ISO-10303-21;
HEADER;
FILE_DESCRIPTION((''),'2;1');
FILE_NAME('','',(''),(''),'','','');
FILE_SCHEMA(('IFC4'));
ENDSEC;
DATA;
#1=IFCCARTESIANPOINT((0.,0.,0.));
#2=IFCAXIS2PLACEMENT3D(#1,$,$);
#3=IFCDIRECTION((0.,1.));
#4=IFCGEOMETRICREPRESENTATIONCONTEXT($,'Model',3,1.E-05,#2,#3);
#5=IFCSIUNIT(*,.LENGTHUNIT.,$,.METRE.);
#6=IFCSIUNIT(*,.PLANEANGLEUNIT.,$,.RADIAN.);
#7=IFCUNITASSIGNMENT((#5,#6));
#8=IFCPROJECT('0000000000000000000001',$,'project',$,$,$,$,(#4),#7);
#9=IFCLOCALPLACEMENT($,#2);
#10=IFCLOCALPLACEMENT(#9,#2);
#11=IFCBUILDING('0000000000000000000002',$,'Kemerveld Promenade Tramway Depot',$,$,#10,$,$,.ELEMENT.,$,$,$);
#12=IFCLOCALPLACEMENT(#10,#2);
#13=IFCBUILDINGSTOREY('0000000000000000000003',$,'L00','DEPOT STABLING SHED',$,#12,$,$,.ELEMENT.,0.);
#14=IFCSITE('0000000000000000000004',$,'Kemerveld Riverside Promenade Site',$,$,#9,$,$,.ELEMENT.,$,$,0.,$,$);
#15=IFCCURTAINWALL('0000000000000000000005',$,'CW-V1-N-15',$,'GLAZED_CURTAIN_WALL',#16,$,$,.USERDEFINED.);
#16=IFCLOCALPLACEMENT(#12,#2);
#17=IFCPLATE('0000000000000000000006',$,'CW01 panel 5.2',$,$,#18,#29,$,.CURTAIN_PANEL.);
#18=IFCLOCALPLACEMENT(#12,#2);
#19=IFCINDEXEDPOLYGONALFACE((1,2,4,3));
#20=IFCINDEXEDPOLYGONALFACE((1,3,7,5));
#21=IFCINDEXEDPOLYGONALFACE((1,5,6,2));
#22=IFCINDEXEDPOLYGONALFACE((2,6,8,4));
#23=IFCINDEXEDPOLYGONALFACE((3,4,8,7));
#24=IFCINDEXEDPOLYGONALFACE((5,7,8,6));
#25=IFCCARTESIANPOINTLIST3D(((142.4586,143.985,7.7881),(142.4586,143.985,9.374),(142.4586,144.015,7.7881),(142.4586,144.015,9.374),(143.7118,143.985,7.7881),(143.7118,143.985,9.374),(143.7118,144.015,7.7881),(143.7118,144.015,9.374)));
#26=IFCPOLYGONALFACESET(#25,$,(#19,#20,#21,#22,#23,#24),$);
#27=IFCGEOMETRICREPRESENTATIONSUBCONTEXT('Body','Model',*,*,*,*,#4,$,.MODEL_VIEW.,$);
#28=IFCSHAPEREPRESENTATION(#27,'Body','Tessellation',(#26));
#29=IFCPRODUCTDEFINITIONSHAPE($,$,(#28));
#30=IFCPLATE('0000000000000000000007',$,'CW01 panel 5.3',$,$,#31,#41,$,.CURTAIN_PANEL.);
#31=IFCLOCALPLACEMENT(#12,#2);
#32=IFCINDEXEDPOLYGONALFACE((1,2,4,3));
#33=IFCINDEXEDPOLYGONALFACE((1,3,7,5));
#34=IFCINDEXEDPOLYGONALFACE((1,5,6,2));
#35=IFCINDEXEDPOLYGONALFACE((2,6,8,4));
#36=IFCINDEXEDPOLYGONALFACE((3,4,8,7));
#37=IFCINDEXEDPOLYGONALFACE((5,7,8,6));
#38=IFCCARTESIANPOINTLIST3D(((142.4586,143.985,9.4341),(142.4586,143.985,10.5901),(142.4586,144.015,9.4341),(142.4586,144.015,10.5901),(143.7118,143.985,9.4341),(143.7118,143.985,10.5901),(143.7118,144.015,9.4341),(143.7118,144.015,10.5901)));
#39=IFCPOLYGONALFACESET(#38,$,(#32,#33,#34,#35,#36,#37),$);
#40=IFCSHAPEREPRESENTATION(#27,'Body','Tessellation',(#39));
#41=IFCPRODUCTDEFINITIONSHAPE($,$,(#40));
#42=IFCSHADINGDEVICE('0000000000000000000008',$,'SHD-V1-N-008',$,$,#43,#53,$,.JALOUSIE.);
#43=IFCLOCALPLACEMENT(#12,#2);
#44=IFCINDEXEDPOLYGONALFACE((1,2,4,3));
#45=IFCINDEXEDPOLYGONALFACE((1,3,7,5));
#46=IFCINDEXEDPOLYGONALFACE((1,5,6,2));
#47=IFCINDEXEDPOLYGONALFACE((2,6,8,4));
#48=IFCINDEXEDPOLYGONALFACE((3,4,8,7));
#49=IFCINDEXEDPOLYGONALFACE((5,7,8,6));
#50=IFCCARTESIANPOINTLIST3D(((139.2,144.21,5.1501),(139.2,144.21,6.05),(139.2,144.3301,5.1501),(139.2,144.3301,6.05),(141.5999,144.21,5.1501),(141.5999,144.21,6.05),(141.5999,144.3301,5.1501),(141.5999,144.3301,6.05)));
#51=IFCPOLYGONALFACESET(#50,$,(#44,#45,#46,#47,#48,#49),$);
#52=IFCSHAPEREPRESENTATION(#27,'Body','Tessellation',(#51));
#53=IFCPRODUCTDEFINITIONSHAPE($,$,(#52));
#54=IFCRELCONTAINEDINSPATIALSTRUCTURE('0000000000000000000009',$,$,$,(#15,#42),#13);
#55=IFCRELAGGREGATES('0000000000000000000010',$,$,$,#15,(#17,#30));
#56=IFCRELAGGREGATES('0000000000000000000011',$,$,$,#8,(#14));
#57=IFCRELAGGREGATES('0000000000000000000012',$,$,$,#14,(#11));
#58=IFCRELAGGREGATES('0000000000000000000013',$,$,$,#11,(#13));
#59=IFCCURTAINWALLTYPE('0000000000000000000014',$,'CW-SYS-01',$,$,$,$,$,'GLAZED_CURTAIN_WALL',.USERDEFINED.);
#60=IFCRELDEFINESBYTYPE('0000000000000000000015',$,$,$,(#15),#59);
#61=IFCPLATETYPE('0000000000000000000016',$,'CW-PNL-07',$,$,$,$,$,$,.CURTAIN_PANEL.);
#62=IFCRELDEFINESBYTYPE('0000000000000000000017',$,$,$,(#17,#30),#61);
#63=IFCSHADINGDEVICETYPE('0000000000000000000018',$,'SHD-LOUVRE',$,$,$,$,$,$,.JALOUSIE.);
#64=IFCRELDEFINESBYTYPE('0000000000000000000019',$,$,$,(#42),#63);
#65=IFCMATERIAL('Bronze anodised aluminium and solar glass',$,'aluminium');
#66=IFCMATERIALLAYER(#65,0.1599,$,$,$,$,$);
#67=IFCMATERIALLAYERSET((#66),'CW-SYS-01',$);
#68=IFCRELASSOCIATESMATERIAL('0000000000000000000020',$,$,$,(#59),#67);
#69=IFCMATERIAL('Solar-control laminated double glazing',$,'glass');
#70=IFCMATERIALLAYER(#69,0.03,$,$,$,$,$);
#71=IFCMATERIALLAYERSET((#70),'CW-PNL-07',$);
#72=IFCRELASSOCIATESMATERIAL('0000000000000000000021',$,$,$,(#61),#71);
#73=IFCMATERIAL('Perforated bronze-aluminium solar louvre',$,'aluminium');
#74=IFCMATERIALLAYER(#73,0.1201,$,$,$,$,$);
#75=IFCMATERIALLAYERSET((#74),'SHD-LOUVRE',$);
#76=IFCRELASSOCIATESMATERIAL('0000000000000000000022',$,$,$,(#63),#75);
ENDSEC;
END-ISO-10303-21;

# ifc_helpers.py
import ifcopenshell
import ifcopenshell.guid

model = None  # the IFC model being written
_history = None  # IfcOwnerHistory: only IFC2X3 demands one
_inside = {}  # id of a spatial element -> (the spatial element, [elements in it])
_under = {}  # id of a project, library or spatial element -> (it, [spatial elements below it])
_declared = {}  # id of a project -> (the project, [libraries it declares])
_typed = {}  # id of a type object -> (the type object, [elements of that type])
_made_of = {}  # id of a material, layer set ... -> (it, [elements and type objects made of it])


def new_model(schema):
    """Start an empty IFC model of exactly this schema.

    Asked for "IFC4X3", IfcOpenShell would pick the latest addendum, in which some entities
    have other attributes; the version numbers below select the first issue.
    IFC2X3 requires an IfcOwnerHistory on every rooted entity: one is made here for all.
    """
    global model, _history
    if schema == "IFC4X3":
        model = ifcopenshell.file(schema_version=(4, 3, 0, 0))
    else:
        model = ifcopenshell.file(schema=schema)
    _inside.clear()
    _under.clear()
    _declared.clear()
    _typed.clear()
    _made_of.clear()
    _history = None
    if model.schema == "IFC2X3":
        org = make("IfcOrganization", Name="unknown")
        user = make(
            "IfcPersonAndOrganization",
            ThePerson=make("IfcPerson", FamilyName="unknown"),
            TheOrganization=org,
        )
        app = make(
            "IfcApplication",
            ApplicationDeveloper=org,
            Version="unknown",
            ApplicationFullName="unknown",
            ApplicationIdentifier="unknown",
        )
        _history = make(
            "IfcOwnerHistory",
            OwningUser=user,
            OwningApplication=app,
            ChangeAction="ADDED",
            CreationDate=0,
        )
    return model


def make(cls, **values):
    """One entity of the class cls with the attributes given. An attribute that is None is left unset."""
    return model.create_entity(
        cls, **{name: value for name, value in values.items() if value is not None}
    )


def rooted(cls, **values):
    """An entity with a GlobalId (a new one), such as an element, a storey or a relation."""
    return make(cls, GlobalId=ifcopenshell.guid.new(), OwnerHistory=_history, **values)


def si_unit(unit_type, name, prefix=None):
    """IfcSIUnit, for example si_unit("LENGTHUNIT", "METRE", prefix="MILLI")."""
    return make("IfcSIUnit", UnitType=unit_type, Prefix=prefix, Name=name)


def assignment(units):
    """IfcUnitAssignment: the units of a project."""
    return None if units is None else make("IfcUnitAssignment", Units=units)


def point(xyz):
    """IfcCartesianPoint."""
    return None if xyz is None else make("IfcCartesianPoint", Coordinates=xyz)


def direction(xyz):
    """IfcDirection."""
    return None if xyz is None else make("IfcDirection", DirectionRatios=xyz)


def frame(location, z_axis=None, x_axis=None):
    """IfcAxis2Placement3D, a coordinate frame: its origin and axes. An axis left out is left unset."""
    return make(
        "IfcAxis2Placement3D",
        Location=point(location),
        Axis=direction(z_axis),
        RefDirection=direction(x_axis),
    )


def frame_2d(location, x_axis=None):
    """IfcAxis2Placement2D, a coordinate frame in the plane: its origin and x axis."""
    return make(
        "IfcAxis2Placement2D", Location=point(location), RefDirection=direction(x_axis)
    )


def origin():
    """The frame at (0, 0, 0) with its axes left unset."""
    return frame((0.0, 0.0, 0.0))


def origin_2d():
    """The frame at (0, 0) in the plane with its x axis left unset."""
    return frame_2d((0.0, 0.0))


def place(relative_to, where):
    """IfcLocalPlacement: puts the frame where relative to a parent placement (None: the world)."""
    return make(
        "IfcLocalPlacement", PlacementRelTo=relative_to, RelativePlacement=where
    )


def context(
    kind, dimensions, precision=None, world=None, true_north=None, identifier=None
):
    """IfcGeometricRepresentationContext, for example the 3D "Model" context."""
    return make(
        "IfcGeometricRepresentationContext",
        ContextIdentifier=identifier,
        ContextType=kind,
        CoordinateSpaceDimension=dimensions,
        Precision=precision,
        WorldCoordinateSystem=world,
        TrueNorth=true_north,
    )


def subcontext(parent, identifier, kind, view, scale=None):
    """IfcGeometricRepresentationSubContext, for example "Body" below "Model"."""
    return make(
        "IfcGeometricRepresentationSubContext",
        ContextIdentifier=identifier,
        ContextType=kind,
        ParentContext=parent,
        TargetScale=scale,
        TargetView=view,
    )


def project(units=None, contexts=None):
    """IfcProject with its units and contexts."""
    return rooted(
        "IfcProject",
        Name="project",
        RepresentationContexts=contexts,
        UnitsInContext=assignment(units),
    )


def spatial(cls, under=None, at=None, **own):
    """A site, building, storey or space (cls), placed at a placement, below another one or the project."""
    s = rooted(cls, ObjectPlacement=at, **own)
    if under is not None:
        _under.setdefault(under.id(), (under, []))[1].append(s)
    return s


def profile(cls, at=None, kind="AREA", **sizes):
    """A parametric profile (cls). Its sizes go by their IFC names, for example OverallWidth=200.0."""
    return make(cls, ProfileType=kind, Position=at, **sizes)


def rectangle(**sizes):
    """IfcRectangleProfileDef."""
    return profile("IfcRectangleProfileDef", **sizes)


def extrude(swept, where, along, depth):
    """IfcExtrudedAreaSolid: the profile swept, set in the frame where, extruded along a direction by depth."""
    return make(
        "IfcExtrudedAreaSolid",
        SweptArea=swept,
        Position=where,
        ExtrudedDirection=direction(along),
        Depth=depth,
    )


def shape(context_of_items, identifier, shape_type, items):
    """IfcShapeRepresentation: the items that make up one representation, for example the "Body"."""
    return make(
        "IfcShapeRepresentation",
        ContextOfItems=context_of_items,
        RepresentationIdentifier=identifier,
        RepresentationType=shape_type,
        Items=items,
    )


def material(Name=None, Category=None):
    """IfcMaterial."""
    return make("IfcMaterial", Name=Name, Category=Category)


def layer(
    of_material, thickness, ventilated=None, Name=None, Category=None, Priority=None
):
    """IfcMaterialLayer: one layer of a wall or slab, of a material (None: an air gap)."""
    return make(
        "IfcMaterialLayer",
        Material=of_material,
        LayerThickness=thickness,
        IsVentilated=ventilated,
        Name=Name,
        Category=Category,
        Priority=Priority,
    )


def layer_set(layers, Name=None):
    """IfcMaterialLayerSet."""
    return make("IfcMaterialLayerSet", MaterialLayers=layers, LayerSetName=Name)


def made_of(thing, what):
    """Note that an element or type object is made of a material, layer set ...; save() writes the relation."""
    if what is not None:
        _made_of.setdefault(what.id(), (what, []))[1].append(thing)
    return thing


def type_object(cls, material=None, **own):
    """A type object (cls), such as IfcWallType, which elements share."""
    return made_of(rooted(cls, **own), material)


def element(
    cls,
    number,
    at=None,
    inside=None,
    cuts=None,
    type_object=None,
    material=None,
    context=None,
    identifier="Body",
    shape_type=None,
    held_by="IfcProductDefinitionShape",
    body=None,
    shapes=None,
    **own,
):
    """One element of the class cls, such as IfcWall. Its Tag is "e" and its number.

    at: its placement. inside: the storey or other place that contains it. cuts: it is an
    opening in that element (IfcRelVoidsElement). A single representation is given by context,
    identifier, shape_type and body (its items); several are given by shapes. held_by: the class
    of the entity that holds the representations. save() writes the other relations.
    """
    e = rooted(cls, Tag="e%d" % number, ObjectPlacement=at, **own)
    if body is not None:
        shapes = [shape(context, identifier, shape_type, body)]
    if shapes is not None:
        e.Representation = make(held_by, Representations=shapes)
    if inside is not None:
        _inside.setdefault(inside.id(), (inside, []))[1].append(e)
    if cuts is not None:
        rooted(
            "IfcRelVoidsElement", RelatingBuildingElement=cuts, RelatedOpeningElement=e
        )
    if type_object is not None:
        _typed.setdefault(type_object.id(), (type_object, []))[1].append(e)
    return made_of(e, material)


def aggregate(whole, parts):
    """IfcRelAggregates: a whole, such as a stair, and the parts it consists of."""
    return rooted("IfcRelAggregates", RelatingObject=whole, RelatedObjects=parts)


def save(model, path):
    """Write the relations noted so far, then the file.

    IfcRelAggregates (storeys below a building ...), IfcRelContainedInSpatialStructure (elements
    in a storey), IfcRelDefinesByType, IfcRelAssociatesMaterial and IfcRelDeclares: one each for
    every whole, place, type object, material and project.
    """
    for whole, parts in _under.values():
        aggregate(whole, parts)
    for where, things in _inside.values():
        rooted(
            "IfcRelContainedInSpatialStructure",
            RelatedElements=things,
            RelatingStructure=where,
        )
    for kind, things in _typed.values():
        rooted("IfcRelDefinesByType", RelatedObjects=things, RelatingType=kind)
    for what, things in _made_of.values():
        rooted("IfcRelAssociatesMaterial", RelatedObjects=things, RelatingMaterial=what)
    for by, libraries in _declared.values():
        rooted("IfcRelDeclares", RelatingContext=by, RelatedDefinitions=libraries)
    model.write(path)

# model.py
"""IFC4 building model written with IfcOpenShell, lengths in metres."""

from ifc_helpers import new_model, si_unit, direction, frame, origin, origin_2d, place, context, subcontext, project, spatial, rectangle, extrude, material, layer, layer_set, type_object, element, aggregate, save


model = new_model("IFC4")

# Units and contexts
model_context = context("Model", 3, precision=1e-05, world=origin(), true_north=direction((0.0, 1.0)))
body_context = subcontext(model_context, "Body", "Model", "MODEL_VIEW")
ifc_project = project(units=[si_unit("LENGTHUNIT", "METRE"), si_unit("PLANEANGLEUNIT", "RADIAN")], contexts=[model_context])

# Site, building, storey
site_placement = place(None, origin())
site = spatial("IfcSite", under=ifc_project, at=site_placement, Name="Kemerveld Riverside Promenade Site", CompositionType="ELEMENT", RefElevation=0.0)
building_placement = place(site_placement, origin())
building = spatial("IfcBuilding", under=site, at=building_placement, Name="Kemerveld Promenade Tramway Depot", CompositionType="ELEMENT")
storey_placement = place(building_placement, origin())
storey = spatial("IfcBuildingStorey", under=building, at=storey_placement, Name="L00", Description="DEPOT STABLING SHED", CompositionType="ELEMENT", Elevation=0.0)

# Curtain wall, plates
ifc_material_1 = material(Name="Bronze anodised aluminium and solar glass", Category="aluminium")
ifc_layer_1 = layer(ifc_material_1, 0.1599)
ifc_layer_set_1 = layer_set([ifc_layer_1], Name="CW-SYS-01")
curtain_wall_type = type_object("IfcCurtainWallType", Name="CW-SYS-01", ElementType="GLAZED_CURTAIN_WALL", PredefinedType="USERDEFINED", material=ifc_layer_set_1)
curtain_wall_placement = place(storey_placement, origin())
curtain_wall = element("IfcCurtainWall", 1, at=curtain_wall_placement, inside=storey, type_object=curtain_wall_type, Name="CW-V1-N-15", ObjectType="GLAZED_CURTAIN_WALL", PredefinedType="USERDEFINED")
ifc_material_2 = material(Name="Solar-control laminated double glazing", Category="glass")
ifc_layer_2 = layer(ifc_material_2, 0.03)
ifc_layer_set_2 = layer_set([ifc_layer_2], Name="CW-PNL-07")
plate_type = type_object("IfcPlateType", Name="CW-PNL-07", PredefinedType="CURTAIN_PANEL", material=ifc_layer_set_2)
plate_1_placement = place(storey_placement, frame((143.0852, 144.0, 7.7881), z_axis=(0.0, 0.0, 1.0), x_axis=(1.0, 0.0, 0.0)))
plate_1 = element("IfcPlate", 2, at=plate_1_placement, type_object=plate_type, Name="CW01 panel 5.2", PredefinedType="CURTAIN_PANEL", context=body_context, shape_type="SweptSolid", body=[
    extrude(rectangle(XDim=1.2532, YDim=0.03, at=origin_2d()), origin(), (0.0, 0.0, 1.0), 1.5859),
])
plate_2_placement = place(storey_placement, frame((143.0852, 144.0, 9.4341), z_axis=(0.0, 0.0, 1.0), x_axis=(1.0, 0.0, 0.0)))
plate_2 = element("IfcPlate", 3, at=plate_2_placement, type_object=plate_type, Name="CW01 panel 5.3", PredefinedType="CURTAIN_PANEL", context=body_context, shape_type="SweptSolid", body=[
    extrude(rectangle(XDim=1.2532, YDim=0.03, at=origin_2d()), origin(), (0.0, 0.0, 1.0), 1.156),
])
aggregate(curtain_wall, [plate_1, plate_2])

# Shading device
ifc_material_3 = material(Name="Perforated bronze-aluminium solar louvre", Category="aluminium")
ifc_layer_3 = layer(ifc_material_3, 0.1201)
ifc_layer_set_3 = layer_set([ifc_layer_3], Name="SHD-LOUVRE")
shading_device_type = type_object("IfcShadingDeviceType", Name="SHD-LOUVRE", PredefinedType="JALOUSIE", material=ifc_layer_set_3)
shading_device_placement = place(storey_placement, frame((140.3999, 144.27, 5.1501), z_axis=(0.0, 0.0, 1.0), x_axis=(1.0, 0.0, 0.0)))
element("IfcShadingDevice", 4, at=shading_device_placement, inside=storey, type_object=shading_device_type, Name="SHD-V1-N-008", PredefinedType="JALOUSIE", context=body_context, shape_type="SweptSolid", body=[
    extrude(rectangle(XDim=2.3999, YDim=0.1201, at=origin_2d()), origin(), (0.0, 0.0, 1.0), 0.8999),
])

save(model, "model.ifc")
